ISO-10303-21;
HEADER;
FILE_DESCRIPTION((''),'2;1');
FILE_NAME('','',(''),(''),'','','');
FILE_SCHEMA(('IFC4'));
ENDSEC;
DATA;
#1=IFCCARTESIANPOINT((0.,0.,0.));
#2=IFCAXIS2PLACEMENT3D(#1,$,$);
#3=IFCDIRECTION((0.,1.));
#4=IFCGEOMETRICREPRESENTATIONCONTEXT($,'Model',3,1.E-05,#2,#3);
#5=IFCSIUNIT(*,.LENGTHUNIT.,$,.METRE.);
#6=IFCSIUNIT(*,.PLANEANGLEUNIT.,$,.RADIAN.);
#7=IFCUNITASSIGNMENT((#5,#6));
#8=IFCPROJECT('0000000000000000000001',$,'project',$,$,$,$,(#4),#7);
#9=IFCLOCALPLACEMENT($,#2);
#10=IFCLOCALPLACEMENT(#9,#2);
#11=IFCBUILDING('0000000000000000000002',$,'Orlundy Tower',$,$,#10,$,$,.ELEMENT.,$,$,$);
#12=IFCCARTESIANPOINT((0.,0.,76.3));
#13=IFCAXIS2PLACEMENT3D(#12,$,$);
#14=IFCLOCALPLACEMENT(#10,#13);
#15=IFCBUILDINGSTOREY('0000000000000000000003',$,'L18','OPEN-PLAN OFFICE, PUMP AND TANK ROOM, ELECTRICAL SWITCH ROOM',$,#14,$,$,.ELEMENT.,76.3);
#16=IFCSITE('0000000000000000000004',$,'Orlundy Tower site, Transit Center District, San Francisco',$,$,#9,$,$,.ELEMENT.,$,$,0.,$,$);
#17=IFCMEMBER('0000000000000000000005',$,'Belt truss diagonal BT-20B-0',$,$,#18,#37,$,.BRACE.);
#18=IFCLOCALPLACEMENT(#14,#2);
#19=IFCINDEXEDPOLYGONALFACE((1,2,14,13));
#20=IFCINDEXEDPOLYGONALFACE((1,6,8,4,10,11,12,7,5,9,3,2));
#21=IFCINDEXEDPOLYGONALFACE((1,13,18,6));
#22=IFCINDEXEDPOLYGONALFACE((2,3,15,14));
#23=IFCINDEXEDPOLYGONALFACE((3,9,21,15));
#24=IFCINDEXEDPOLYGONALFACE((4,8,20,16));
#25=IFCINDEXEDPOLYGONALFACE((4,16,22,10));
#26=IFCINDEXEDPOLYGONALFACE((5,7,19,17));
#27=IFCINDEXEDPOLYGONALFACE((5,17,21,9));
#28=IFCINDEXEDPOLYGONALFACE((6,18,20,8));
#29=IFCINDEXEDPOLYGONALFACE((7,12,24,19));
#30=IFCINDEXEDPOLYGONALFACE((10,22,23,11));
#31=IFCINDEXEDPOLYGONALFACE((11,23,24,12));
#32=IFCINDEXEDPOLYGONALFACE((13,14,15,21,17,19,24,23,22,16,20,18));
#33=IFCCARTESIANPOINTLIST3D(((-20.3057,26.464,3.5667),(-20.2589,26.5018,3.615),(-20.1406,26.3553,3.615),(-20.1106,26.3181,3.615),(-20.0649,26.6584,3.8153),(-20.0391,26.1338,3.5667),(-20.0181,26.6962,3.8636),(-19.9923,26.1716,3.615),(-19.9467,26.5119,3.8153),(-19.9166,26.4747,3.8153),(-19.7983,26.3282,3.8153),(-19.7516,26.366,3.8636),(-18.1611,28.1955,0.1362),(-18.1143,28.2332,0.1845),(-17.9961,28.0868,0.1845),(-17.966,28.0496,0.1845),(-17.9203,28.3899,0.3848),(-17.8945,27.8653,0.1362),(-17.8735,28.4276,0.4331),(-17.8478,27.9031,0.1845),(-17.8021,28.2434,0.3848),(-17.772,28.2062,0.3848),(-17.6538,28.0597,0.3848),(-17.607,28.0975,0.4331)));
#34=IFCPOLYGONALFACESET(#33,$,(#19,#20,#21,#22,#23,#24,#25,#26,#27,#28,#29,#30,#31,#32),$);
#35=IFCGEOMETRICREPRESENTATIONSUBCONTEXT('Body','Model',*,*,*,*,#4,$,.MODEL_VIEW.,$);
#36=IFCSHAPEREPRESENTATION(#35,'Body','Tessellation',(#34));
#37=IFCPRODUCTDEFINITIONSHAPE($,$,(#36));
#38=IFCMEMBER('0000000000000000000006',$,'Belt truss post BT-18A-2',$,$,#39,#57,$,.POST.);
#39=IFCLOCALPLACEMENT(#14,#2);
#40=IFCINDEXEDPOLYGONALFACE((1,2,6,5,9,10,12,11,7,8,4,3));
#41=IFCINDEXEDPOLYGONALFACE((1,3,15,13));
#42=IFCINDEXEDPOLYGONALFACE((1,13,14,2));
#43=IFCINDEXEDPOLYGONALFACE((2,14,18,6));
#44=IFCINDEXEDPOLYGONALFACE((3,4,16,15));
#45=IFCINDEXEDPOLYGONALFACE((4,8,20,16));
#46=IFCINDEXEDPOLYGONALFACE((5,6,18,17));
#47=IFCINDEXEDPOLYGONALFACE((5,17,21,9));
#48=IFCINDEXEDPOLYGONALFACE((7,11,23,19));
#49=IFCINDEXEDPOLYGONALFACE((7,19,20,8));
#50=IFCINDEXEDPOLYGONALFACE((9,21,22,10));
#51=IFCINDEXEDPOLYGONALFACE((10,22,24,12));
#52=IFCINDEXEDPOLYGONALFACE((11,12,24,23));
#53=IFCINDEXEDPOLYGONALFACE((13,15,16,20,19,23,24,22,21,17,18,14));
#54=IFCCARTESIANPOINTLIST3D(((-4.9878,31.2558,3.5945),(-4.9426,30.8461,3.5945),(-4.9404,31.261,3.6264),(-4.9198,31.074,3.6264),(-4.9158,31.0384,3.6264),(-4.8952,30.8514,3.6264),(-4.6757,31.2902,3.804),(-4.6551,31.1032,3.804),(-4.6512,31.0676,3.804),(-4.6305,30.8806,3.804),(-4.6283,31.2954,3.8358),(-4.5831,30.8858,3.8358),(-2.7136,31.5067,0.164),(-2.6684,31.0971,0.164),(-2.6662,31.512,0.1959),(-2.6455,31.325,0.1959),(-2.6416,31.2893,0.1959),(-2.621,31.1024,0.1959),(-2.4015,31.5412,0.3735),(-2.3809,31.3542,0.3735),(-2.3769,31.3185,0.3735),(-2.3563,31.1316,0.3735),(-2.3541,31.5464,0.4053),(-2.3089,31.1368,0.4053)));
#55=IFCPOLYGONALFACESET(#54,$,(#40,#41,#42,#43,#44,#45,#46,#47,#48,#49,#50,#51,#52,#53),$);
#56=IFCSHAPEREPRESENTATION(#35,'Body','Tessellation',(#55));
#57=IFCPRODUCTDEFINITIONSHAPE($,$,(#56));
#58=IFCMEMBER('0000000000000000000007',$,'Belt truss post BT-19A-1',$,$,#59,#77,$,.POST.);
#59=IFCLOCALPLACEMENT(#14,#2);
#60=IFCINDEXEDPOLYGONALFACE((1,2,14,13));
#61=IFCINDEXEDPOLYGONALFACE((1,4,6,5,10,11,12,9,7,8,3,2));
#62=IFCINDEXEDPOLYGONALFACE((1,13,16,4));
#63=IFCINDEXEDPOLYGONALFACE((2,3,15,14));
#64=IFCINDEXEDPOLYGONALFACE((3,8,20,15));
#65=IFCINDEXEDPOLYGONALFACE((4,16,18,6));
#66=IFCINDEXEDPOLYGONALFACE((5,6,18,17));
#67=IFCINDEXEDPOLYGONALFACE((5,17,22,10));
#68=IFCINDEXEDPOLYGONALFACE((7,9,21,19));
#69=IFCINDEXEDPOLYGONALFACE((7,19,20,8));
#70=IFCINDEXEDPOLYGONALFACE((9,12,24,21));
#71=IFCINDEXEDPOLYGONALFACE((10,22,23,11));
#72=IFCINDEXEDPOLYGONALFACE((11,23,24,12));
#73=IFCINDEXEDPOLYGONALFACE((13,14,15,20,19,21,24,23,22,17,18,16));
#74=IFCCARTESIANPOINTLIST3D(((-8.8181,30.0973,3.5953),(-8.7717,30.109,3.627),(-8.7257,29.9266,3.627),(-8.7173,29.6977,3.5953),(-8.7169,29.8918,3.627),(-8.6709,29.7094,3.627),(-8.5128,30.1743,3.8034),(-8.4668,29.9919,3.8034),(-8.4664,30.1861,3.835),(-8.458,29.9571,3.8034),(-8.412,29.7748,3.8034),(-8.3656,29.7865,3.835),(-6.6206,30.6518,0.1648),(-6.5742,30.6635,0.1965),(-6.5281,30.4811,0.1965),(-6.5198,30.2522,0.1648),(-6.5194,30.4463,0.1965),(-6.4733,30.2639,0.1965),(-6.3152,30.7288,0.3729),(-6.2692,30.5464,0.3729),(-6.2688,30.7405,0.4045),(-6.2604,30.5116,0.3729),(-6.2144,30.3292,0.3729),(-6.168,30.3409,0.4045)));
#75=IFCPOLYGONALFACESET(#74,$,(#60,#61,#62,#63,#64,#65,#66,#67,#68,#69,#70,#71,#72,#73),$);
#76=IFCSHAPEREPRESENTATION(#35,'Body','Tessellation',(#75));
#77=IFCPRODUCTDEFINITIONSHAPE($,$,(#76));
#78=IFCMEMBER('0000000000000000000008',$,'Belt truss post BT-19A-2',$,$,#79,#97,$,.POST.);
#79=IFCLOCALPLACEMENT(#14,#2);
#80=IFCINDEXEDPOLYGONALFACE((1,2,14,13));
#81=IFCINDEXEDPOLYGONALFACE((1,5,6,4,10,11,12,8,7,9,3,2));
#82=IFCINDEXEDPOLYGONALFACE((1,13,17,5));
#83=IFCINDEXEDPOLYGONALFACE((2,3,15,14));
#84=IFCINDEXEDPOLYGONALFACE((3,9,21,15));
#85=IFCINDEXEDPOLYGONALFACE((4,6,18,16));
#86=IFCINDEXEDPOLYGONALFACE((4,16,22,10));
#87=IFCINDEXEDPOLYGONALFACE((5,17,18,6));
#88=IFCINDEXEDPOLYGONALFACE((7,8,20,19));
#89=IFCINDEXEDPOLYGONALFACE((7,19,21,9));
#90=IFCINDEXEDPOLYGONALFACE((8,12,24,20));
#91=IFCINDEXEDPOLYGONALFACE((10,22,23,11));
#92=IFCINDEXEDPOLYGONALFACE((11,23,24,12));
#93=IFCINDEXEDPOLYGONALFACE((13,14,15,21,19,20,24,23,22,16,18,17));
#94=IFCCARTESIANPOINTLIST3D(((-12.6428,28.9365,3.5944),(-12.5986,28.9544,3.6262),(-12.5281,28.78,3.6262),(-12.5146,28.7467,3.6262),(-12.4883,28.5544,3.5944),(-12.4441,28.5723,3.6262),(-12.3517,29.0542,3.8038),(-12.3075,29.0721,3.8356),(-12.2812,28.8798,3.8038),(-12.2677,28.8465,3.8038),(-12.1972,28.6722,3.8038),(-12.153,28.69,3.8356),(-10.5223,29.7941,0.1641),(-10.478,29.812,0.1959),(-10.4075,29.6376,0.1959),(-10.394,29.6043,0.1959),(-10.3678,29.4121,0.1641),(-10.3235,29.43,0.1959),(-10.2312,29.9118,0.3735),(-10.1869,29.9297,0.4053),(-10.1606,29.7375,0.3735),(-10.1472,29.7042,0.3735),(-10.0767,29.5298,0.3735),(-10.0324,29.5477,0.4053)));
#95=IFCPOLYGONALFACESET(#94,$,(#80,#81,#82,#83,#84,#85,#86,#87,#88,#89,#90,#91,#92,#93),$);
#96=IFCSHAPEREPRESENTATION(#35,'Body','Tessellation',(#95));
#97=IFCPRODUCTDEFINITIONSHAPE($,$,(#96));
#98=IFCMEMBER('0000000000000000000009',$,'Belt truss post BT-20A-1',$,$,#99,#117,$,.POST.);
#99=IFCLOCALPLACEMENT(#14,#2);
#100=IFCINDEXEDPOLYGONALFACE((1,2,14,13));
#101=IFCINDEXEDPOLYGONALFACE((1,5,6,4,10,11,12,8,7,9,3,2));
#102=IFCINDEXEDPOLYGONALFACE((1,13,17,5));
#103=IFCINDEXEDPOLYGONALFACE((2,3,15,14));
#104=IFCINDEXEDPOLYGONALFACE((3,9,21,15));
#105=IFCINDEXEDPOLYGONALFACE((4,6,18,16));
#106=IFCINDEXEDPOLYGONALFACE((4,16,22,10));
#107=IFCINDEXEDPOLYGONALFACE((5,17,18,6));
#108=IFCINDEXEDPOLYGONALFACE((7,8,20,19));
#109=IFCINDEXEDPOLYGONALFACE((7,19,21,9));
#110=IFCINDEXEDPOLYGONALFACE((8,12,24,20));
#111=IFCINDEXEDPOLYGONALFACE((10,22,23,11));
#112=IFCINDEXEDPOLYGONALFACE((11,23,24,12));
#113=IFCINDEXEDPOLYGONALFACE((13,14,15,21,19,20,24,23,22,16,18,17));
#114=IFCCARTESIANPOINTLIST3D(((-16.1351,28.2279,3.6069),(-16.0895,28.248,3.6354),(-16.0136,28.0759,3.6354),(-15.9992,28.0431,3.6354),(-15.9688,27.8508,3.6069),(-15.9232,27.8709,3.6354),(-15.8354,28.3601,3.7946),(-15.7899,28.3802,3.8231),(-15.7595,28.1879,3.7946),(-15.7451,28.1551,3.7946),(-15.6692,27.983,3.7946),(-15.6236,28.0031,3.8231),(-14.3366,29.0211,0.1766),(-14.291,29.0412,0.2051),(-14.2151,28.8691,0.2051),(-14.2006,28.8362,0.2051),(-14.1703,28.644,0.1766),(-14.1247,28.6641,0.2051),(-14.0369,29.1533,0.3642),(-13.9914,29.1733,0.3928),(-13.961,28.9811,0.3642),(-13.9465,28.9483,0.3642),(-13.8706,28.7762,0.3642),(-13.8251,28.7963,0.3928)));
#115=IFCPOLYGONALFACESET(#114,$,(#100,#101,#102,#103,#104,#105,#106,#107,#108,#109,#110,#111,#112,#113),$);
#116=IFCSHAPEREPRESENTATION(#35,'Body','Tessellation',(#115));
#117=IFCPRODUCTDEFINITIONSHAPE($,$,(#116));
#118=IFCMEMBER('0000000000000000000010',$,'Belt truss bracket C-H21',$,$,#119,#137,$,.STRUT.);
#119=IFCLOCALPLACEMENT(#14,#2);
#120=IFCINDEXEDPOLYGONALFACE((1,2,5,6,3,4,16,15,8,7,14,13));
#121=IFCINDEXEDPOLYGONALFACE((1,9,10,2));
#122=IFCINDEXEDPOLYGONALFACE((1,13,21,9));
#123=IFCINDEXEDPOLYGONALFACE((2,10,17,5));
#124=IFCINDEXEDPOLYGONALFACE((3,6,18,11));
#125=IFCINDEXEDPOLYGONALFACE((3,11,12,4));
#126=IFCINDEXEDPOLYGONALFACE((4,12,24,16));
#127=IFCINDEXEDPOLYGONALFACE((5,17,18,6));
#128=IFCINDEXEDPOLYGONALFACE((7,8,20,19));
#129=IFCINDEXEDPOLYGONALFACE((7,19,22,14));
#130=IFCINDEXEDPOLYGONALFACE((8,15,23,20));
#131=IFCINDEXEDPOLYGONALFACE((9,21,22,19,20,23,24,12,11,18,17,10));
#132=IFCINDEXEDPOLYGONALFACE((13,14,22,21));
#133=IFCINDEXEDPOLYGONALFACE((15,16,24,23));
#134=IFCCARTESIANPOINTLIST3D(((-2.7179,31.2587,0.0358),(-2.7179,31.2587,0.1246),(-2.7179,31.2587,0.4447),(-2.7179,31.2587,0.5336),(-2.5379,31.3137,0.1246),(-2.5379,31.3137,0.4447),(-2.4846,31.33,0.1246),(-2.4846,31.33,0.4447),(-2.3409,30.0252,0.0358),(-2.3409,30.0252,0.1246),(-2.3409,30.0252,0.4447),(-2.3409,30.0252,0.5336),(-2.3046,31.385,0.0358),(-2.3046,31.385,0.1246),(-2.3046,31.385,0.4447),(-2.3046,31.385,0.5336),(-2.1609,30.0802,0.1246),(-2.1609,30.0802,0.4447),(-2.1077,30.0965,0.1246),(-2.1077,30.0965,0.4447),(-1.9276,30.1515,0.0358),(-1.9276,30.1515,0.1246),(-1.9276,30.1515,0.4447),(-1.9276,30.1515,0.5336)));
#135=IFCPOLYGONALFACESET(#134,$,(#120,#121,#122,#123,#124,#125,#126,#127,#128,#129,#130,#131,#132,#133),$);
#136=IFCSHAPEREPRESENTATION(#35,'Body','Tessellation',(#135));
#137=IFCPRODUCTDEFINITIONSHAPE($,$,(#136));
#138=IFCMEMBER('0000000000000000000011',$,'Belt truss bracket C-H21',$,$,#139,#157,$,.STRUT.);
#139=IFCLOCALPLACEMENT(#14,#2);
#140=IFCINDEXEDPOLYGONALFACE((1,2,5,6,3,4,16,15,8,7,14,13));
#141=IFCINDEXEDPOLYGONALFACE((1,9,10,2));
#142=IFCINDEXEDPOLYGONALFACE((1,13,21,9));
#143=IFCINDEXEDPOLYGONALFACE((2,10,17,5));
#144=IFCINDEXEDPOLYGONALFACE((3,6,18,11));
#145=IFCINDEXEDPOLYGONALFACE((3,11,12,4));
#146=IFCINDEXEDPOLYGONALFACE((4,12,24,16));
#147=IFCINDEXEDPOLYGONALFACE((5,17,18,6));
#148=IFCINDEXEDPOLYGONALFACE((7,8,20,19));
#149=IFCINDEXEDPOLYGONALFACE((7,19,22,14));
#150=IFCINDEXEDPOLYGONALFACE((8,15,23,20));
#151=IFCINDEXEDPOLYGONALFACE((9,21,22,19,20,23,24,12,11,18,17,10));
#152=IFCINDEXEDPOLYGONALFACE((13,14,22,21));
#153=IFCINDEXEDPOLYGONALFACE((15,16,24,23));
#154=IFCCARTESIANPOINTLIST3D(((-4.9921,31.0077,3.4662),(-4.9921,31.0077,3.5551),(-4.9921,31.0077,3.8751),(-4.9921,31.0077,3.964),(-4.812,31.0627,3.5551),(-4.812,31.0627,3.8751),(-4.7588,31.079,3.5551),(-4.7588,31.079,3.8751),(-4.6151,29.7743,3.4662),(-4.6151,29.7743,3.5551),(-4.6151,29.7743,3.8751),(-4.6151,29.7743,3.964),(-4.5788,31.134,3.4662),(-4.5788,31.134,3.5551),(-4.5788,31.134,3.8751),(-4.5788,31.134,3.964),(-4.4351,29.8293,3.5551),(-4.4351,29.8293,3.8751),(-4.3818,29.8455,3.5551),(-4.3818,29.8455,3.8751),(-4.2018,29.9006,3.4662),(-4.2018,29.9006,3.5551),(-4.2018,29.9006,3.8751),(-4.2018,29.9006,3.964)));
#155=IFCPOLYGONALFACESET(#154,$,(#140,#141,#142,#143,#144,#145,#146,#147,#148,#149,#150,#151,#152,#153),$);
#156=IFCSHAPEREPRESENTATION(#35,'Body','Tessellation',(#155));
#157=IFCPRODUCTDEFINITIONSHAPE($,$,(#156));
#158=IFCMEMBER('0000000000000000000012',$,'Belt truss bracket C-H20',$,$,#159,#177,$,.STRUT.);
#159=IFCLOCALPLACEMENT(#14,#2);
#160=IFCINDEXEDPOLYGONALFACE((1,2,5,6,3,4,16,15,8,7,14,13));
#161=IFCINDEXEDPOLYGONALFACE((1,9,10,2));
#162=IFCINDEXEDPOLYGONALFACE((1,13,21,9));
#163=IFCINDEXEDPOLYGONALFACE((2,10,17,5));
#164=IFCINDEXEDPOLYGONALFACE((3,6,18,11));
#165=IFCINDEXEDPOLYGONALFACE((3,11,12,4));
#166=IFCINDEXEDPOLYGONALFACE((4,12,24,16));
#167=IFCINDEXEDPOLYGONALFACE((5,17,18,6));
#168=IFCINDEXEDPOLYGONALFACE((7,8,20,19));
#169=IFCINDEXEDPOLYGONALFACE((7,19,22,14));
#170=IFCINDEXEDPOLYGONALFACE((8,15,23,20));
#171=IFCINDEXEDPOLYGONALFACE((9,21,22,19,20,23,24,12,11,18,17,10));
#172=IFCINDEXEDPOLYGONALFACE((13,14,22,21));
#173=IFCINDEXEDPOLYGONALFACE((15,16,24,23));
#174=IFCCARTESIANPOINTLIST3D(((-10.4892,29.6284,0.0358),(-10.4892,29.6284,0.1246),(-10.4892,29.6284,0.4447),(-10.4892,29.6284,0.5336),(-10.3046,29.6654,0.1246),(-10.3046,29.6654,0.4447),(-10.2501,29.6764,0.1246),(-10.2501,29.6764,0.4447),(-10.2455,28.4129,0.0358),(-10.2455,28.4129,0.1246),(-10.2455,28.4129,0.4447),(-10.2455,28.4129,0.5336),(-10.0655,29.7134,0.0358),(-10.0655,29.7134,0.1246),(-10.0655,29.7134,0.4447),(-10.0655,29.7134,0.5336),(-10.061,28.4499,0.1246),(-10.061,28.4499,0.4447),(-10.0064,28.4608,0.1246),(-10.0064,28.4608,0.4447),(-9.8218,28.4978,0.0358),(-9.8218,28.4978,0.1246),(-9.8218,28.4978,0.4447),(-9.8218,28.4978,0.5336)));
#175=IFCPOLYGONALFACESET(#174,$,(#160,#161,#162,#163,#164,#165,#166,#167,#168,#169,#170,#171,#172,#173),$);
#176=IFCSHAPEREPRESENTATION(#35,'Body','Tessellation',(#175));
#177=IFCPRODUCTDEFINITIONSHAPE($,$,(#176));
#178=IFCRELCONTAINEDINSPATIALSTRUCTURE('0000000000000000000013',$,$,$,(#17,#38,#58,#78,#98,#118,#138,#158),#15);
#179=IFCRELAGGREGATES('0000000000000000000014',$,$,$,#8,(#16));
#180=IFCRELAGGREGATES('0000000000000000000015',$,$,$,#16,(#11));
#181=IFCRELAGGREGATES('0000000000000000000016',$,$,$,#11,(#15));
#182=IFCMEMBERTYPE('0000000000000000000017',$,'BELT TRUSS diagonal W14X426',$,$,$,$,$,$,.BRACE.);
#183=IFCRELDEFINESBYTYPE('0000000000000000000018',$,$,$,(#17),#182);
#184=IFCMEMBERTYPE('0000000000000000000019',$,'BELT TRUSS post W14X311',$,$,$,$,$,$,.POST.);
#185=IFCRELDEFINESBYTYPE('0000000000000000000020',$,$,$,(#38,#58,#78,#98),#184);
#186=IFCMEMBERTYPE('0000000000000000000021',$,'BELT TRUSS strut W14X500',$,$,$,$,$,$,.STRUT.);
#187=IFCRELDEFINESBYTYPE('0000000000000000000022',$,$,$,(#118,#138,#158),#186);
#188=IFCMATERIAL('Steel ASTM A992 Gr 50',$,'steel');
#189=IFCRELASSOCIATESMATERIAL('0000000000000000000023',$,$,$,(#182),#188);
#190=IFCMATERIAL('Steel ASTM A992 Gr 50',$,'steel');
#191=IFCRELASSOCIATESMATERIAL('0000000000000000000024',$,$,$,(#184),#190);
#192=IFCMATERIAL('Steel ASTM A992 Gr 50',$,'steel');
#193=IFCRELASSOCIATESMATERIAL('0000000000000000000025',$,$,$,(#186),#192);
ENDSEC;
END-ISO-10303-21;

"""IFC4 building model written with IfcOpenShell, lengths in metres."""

from ifc_helpers import new_model, si_unit, direction, frame, origin, origin_2d, place, context, subcontext, project, spatial, i_section, extrude, material, material_profile, profile_set, type_object, element, save


model = new_model("IFC4")

# Units and contexts
model_context = context("Model", 3, precision=1e-05, world=origin(), true_north=direction((0.0, 1.0)))
body_context = subcontext(model_context, "Body", "Model", "MODEL_VIEW")
ifc_project = project(units=[si_unit("LENGTHUNIT", "METRE"), si_unit("PLANEANGLEUNIT", "RADIAN")], contexts=[model_context])

# Site, building, storey
site_placement = place(None, origin())
site = spatial("IfcSite", under=ifc_project, at=site_placement, Name="Orlundy Tower site, Transit Center District, San Francisco", CompositionType="ELEMENT", RefElevation=0.0)
building_placement = place(site_placement, origin())
building = spatial("IfcBuilding", under=site, at=building_placement, Name="Orlundy Tower", CompositionType="ELEMENT")
storey_placement = place(building_placement, frame((0.0, 0.0, 76.3)))
storey = spatial("IfcBuildingStorey", under=building, at=storey_placement, Name="L18", Description="OPEN-PLAN OFFICE, PUMP AND TANK ROOM, ELECTRICAL SWITCH ROOM", CompositionType="ELEMENT", Elevation=76.3)

# Members
ifc_material_1 = material(Name="Steel ASTM A992 Gr 50", Category="steel")
ifc_material_profile_1 = material_profile(ifc_material_1, i_section(OverallWidth=0.4243, OverallDepth=0.4741, WebThickness=0.0479, FlangeThickness=0.0771, at=origin_2d()), Name="W14X426")
ifc_profile_set_1 = profile_set([ifc_material_profile_1], Name="Steel ASTM A992 Gr 50")
member_type_1 = type_object("IfcMemberType", Name="BELT TRUSS diagonal W14X426", PredefinedType="BRACE", material=ifc_profile_set_1)
member_1_placement = place(storey_placement, frame((-17.884, 28.1465, 0.2847), z_axis=(-0.487334, -0.393463, 0.779546), x_axis=(0.628189, -0.778061, 0.0)))
element("IfcMember", 1, at=member_1_placement, inside=storey, type_object=member_type_1, Name="Belt truss diagonal BT-20B-0", PredefinedType="BRACE", context=body_context, shape_type="SweptSolid", body=[
    extrude(i_section(OverallWidth=0.4243, OverallDepth=0.4741, WebThickness=0.0479, FlangeThickness=0.0771, at=origin_2d()), origin(), (0.0, 0.0, 1.0), 4.4006),
])
ifc_material_2 = material(Name="Steel ASTM A992 Gr 50", Category="steel")
ifc_material_profile_2 = material_profile(ifc_material_2, i_section(OverallWidth=0.4121, OverallDepth=0.4348, WebThickness=0.0359, FlangeThickness=0.0574, at=origin_2d()), Name="W14X311")
ifc_profile_set_2 = profile_set([ifc_material_profile_2], Name="Steel ASTM A992 Gr 50")
member_type_2 = type_object("IfcMemberType", Name="BELT TRUSS post W14X311", PredefinedType="POST", material=ifc_profile_set_2)
member_2_placement = place(storey_placement, frame((-2.5112, 31.3218, 0.2847), z_axis=(-0.551525, -0.060866, 0.831935), x_axis=(0.109694, -0.993965, 0.0)))
element("IfcMember", 2, at=member_2_placement, inside=storey, type_object=member_type_2, Name="Belt truss post BT-18A-2", PredefinedType="POST", context=body_context, shape_type="SweptSolid", body=[
    extrude(i_section(OverallWidth=0.4121, OverallDepth=0.4348, WebThickness=0.0359, FlangeThickness=0.0574, at=origin_2d()), origin(), (0.0, 0.0, 1.0), 4.1235),
])
member_3_placement = place(storey_placement, frame((-6.3943, 30.4963, 0.2847), z_axis=(-0.534482, -0.134853, 0.834352), x_axis=(0.244639, -0.969614, 0.0)))
element("IfcMember", 3, at=member_3_placement, inside=storey, type_object=member_type_2, Name="Belt truss post BT-19A-1", PredefinedType="POST", context=body_context, shape_type="SweptSolid", body=[
    extrude(i_section(OverallWidth=0.4121, OverallDepth=0.4348, WebThickness=0.0359, FlangeThickness=0.0574, at=origin_2d()), origin(), (0.0, 0.0, 1.0), 4.1116),
])
member_4_placement = place(storey_placement, frame((-10.2773, 29.6709, 0.2847), z_axis=(-0.514317, -0.208012, 0.831991), x_axis=(0.374939, -0.927049, 0.0)))
element("IfcMember", 4, at=member_4_placement, inside=storey, type_object=member_type_2, Name="Belt truss post BT-19A-2", PredefinedType="POST", context=body_context, shape_type="SweptSolid", body=[
    extrude(i_section(OverallWidth=0.4121, OverallDepth=0.4348, WebThickness=0.0359, FlangeThickness=0.0574, at=origin_2d()), origin(), (0.0, 0.0, 1.0), 4.123),
])
member_5_placement = place(storey_placement, frame((-14.0808, 28.9087, 0.2847), z_axis=(-0.45491, -0.200625, 0.867644), x_axis=(0.403521, -0.91497, 0.0)))
element("IfcMember", 5, at=member_5_placement, inside=storey, type_object=member_type_2, Name="Belt truss post BT-20A-1", PredefinedType="POST", context=body_context, shape_type="SweptSolid", body=[
    extrude(i_section(OverallWidth=0.4121, OverallDepth=0.4348, WebThickness=0.0359, FlangeThickness=0.0574, at=origin_2d()), origin(), (0.0, 0.0, 1.0), 3.9536),
])
ifc_material_3 = material(Name="Steel ASTM A992 Gr 50", Category="steel")
ifc_material_profile_3 = material_profile(ifc_material_3, i_section(OverallWidth=0.4321, OverallDepth=0.4978, WebThickness=0.0557, FlangeThickness=0.0889, at=origin_2d()), Name="W14X500")
ifc_profile_set_3 = profile_set([ifc_material_profile_3], Name="Steel ASTM A992 Gr 50")
member_type_3 = type_object("IfcMemberType", Name="BELT TRUSS strut W14X500", PredefinedType="STRUT", material=ifc_profile_set_3)
for number, where, z_axis, x_axis, name in (
    (6, (-2.1343, 30.0884, 0.2847), (-0.292276, 0.956334, 0.0), (-0.956334, -0.292276, 0.0), "Belt truss bracket C-H21"),
    (7, (-4.4084, 29.8374, 3.7151), (-0.292276, 0.956334, 0.0), (-0.956334, -0.292276, 0.0), "Belt truss bracket C-H21"),
):
    element("IfcMember", number, at=place(storey_placement, frame(where, z_axis=z_axis, x_axis=x_axis)), inside=storey, type_object=member_type_3, Name=name, PredefinedType="STRUT", context=body_context, shape_type="SweptSolid", body=[
        extrude(i_section(OverallWidth=0.4321, OverallDepth=0.4978, WebThickness=0.0557, FlangeThickness=0.0889, at=origin_2d()), origin(), (0.0, 0.0, 1.0), 1.2898),
    ])
member_6_placement = place(storey_placement, frame((-10.0337, 28.4553, 0.2847), z_axis=(-0.196533, 0.980497, 0.0), x_axis=(-0.980497, -0.196533, 0.0)))
element("IfcMember", 8, at=member_6_placement, inside=storey, type_object=member_type_3, Name="Belt truss bracket C-H20", PredefinedType="STRUT", context=body_context, shape_type="SweptSolid", body=[
    extrude(i_section(OverallWidth=0.4321, OverallDepth=0.4978, WebThickness=0.0557, FlangeThickness=0.0889, at=origin_2d()), origin(), (0.0, 0.0, 1.0), 1.2397),
])

save(model, "model.ifc")
